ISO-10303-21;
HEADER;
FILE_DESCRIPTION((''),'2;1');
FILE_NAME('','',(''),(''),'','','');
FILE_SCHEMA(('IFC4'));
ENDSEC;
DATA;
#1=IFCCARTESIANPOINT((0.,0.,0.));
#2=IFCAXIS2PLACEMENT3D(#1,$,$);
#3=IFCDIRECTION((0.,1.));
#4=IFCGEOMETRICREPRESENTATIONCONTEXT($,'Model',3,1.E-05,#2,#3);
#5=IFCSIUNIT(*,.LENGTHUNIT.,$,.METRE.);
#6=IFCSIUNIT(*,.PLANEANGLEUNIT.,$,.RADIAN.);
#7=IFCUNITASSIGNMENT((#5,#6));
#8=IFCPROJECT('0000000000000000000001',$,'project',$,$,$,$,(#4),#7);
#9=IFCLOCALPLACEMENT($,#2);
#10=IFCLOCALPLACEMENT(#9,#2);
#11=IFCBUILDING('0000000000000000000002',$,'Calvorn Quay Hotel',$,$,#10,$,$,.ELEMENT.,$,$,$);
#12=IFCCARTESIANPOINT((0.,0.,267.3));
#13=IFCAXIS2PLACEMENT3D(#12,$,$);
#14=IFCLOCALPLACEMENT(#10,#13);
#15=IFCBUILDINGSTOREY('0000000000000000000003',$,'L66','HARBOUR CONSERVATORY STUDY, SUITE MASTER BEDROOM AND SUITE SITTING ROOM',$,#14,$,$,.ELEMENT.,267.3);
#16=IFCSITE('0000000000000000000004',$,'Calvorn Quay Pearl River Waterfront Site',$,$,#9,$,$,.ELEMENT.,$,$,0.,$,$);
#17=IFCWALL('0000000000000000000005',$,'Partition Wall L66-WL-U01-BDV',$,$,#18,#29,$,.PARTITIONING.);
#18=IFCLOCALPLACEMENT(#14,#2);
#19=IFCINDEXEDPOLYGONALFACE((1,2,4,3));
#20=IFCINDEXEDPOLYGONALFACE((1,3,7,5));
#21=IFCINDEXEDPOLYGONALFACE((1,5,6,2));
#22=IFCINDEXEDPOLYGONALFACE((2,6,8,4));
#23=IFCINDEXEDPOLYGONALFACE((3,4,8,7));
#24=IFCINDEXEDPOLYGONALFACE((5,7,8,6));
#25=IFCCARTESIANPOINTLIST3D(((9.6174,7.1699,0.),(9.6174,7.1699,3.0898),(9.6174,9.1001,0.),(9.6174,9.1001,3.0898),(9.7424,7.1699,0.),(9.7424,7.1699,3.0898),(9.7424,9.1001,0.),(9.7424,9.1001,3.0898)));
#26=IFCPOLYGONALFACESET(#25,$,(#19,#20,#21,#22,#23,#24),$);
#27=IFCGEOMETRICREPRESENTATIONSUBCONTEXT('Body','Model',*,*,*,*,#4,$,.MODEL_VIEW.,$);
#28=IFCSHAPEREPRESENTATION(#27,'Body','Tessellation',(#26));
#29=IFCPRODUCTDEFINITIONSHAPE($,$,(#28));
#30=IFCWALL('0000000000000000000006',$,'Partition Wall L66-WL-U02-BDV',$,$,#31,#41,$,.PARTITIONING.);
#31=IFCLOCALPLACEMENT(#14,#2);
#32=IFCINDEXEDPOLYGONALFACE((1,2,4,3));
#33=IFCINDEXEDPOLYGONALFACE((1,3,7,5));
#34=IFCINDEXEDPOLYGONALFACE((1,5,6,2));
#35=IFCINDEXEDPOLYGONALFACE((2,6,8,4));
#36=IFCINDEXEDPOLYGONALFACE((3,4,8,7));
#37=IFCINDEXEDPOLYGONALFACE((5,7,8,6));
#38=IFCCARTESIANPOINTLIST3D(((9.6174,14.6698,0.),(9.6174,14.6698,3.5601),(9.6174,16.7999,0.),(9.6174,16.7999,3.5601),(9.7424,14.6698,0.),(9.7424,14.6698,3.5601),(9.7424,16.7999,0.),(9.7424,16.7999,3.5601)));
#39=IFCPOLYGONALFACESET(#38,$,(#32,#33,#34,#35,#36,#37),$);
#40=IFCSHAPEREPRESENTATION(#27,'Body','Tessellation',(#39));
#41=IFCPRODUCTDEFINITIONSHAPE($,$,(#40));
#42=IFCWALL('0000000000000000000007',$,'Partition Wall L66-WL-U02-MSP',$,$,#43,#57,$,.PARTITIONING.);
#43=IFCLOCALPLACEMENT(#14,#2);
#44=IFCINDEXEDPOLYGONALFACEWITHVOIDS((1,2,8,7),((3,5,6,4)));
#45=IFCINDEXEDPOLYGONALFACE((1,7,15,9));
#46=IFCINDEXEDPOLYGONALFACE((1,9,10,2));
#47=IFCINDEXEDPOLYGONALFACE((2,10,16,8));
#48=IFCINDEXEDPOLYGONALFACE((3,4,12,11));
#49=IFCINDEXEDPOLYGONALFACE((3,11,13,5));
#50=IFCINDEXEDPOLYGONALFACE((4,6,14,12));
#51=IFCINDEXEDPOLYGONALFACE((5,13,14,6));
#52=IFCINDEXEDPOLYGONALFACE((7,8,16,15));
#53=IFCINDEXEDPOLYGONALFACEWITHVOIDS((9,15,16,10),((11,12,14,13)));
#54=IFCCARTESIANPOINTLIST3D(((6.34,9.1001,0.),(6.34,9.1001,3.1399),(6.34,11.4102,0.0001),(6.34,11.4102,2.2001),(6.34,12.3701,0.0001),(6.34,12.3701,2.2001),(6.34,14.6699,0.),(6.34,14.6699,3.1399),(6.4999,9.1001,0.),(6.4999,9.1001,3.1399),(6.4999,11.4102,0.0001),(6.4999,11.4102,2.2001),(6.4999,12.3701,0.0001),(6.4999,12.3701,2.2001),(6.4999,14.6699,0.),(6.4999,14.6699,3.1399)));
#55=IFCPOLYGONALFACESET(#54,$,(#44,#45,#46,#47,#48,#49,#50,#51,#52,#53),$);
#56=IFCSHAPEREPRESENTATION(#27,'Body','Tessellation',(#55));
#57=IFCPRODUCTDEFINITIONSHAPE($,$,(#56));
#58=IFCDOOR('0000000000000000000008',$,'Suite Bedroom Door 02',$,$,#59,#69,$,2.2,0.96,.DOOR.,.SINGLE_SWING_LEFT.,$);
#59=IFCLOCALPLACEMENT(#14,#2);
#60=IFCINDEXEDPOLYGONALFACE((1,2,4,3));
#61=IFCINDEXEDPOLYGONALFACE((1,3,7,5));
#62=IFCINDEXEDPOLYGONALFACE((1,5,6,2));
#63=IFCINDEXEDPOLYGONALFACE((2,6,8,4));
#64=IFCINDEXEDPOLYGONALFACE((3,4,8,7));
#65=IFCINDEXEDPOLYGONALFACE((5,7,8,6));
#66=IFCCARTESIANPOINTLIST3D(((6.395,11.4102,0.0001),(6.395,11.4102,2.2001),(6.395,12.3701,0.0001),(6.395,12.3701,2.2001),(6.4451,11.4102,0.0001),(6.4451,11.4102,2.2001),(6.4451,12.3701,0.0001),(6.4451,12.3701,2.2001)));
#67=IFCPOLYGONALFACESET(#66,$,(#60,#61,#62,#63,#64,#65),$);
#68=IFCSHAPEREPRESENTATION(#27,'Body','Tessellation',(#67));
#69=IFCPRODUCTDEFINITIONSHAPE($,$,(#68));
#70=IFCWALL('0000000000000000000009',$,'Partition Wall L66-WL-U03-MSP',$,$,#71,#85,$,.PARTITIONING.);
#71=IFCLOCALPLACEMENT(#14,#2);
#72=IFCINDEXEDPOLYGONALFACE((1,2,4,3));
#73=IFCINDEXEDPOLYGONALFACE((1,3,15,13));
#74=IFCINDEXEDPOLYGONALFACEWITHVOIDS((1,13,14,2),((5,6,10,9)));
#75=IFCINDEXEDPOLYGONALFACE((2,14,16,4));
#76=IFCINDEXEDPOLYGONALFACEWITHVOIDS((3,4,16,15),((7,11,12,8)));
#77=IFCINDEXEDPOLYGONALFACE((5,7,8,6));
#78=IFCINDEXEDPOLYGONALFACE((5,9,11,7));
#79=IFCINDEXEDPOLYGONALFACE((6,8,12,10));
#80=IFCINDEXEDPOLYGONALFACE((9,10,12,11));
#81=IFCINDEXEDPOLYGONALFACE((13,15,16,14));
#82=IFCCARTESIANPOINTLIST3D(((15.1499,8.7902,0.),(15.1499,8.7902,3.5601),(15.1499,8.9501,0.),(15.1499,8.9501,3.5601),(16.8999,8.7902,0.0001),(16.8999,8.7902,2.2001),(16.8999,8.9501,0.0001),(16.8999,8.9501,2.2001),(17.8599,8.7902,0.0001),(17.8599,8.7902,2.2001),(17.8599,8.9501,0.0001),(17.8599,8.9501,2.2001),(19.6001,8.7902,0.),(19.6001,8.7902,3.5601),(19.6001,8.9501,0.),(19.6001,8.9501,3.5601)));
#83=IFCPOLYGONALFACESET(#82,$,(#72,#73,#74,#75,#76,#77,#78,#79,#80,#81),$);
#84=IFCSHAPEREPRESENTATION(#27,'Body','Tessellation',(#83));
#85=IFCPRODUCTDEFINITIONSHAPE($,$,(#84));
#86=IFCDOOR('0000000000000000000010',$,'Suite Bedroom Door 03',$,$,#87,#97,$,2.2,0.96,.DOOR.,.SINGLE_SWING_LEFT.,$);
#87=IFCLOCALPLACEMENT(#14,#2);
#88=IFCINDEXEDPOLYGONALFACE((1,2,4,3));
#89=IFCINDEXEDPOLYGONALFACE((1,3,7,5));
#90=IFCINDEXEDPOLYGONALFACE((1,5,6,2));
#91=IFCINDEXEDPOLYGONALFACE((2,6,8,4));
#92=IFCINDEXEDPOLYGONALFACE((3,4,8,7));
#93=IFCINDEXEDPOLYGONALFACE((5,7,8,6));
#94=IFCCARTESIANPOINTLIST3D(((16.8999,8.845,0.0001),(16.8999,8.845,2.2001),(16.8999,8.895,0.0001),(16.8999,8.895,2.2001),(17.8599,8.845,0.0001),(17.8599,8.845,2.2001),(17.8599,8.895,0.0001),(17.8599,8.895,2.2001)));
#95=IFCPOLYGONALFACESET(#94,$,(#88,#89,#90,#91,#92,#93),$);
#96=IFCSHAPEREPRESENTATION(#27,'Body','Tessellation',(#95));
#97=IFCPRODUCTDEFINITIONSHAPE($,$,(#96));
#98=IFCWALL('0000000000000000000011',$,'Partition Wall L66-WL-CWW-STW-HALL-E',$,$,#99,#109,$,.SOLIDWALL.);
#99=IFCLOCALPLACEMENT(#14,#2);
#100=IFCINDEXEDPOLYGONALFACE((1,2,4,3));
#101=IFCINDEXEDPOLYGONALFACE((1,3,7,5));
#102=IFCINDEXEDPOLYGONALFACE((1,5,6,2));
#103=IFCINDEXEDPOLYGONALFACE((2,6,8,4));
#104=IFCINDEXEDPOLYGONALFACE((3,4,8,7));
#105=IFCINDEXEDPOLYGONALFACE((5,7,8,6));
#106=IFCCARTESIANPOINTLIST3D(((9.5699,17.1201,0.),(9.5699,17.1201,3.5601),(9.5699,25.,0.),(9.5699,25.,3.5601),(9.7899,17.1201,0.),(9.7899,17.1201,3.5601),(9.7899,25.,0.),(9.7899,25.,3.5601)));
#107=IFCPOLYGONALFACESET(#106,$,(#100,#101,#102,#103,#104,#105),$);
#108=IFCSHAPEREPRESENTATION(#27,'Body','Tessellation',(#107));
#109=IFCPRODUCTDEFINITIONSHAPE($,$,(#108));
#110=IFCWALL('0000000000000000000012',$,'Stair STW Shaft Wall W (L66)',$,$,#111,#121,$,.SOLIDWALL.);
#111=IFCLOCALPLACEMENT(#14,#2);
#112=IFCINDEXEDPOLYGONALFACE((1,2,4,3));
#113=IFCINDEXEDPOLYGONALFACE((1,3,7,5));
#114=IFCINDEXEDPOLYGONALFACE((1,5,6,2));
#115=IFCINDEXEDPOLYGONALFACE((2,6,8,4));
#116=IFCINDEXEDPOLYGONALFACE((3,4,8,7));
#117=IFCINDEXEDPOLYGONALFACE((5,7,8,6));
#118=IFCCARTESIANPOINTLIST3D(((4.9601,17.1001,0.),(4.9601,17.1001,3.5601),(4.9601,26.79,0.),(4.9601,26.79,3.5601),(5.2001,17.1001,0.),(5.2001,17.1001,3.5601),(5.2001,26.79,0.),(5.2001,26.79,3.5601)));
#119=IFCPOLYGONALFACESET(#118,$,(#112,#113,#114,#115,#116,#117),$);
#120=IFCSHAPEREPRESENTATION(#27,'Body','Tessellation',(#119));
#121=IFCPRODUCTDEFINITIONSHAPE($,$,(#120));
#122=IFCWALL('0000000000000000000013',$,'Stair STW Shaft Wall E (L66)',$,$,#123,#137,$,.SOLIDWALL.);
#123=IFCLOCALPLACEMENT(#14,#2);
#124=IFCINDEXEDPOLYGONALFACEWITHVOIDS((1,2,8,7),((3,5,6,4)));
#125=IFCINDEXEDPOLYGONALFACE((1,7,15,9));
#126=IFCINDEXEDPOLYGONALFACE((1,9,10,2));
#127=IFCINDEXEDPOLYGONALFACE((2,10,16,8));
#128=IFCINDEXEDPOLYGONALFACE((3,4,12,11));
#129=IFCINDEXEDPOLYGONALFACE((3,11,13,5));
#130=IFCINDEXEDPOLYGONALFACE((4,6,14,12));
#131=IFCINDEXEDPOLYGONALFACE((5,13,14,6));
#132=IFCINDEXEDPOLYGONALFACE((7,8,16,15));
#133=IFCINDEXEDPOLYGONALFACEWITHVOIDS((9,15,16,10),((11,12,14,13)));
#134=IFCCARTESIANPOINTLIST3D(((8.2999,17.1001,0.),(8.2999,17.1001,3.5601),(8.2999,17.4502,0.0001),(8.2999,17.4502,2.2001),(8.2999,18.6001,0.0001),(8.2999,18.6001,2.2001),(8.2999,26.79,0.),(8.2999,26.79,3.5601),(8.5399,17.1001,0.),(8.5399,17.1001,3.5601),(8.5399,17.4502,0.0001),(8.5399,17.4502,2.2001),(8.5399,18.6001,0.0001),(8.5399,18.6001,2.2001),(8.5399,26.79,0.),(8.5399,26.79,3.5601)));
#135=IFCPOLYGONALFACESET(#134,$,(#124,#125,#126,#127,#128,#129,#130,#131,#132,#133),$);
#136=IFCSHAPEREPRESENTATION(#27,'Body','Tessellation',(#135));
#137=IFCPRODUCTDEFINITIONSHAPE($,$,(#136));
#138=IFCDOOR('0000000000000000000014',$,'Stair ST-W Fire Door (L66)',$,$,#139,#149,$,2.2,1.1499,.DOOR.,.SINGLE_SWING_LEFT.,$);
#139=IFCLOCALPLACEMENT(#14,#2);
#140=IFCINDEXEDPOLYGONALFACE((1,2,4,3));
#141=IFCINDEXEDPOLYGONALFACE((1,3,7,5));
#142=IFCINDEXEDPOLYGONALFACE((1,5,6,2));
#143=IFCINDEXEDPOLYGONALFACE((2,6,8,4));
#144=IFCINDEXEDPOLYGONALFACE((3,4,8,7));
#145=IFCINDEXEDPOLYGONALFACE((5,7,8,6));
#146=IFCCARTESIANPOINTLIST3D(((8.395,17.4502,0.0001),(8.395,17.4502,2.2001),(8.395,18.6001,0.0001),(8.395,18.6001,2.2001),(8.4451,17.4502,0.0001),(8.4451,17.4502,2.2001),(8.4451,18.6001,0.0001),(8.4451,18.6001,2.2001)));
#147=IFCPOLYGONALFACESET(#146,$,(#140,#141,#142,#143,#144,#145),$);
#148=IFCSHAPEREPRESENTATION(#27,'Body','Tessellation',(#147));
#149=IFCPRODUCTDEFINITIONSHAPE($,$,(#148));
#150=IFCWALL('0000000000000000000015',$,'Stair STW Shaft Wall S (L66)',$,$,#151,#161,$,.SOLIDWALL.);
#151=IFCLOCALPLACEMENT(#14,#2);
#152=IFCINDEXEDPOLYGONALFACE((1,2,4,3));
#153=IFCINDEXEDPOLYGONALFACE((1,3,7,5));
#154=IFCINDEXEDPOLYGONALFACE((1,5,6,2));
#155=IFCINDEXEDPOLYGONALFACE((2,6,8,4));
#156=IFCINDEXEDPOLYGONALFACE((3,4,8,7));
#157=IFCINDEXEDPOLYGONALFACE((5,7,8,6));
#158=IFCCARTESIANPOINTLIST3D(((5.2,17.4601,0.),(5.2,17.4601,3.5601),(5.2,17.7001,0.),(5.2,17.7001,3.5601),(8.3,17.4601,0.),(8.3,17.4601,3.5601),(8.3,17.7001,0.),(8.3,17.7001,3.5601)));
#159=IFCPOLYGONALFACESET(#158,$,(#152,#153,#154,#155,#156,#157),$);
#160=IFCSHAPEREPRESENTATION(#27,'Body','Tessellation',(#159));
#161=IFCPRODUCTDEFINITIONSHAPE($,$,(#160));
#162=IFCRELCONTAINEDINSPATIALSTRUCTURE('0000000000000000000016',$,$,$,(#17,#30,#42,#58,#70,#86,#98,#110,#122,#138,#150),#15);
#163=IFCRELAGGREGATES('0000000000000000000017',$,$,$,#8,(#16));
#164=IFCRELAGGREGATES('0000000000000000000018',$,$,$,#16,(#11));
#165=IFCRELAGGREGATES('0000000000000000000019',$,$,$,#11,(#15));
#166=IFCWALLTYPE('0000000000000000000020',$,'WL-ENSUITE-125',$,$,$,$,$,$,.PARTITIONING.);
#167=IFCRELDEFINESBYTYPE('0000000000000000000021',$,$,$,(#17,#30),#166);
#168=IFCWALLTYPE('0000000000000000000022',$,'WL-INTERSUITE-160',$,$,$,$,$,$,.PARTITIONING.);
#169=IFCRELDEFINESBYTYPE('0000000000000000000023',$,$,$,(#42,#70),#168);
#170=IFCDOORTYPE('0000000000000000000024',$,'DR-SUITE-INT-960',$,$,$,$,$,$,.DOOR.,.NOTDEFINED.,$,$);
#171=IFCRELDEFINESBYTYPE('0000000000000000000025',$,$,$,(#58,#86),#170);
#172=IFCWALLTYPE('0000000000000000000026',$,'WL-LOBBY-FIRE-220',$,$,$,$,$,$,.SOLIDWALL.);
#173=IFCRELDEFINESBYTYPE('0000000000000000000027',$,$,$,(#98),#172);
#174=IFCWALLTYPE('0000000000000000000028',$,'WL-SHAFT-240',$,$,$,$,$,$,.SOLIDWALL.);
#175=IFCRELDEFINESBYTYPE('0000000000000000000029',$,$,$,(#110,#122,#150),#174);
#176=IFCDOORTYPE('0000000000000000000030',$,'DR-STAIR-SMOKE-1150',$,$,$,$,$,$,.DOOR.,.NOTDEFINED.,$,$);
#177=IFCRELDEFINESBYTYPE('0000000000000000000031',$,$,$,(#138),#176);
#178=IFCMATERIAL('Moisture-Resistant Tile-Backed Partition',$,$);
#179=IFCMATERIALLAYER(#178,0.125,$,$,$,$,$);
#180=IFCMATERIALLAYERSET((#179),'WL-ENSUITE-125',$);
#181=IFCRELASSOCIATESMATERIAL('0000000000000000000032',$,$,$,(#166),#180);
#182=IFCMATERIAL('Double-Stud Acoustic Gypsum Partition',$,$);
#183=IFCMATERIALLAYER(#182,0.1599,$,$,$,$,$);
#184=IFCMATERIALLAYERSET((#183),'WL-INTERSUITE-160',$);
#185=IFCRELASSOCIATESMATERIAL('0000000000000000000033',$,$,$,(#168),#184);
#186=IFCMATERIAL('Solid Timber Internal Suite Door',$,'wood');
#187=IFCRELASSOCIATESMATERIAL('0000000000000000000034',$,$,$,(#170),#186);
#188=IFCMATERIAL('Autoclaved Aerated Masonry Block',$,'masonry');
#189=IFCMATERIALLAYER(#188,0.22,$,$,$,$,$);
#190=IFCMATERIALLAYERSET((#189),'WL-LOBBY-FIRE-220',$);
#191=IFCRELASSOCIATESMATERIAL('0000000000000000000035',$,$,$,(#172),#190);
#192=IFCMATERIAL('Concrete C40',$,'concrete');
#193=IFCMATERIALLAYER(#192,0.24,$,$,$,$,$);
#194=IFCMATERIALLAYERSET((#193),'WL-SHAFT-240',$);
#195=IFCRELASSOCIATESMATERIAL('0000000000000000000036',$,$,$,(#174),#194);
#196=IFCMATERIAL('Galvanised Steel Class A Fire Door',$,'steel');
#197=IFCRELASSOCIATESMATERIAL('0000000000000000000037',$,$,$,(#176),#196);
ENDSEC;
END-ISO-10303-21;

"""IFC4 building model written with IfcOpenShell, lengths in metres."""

from ifc_helpers import new_model, si_unit, direction, frame, frame_2d, origin, place, context, subcontext, project, spatial, rectangle, extrude, material, layer, layer_set, type_object, element, fill, save


model = new_model("IFC4")

# Units and contexts
model_context = context("Model", 3, precision=1e-05, world=origin(), true_north=direction((0.0, 1.0)))
body_context = subcontext(model_context, "Body", "Model", "MODEL_VIEW")
ifc_project = project(units=[si_unit("LENGTHUNIT", "METRE"), si_unit("PLANEANGLEUNIT", "RADIAN")], contexts=[model_context])

# Site, building, storey
site_placement = place(None, origin())
site = spatial("IfcSite", under=ifc_project, at=site_placement, Name="Calvorn Quay Pearl River Waterfront Site", CompositionType="ELEMENT", RefElevation=0.0)
building_placement = place(site_placement, origin())
building = spatial("IfcBuilding", under=site, at=building_placement, Name="Calvorn Quay Hotel", CompositionType="ELEMENT")
storey_placement = place(building_placement, frame((0.0, 0.0, 267.3)))
storey = spatial("IfcBuildingStorey", under=building, at=storey_placement, Name="L66", Description="HARBOUR CONSERVATORY STUDY, SUITE MASTER BEDROOM AND SUITE SITTING ROOM", CompositionType="ELEMENT", Elevation=267.3)

# Walls
ifc_material_1 = material(Name="Moisture-Resistant Tile-Backed Partition")
ifc_layer_1 = layer(ifc_material_1, 0.125)
ifc_layer_set_1 = layer_set([ifc_layer_1], Name="WL-ENSUITE-125")
wall_type_1 = type_object("IfcWallType", Name="WL-ENSUITE-125", PredefinedType="PARTITIONING", material=ifc_layer_set_1)
wall_1_placement = place(storey_placement, frame((9.6799, 7.1699, 0.0), z_axis=(0.0, 0.0, 1.0), x_axis=(0.0, 1.0, 0.0)))
element("IfcWall", 1, at=wall_1_placement, inside=storey, type_object=wall_type_1, Name="Partition Wall L66-WL-U01-BDV", PredefinedType="PARTITIONING", context=body_context, shape_type="SweptSolid", body=[
    extrude(rectangle(XDim=1.9302, YDim=0.125, at=frame_2d((0.9651, 0.0))), origin(), (0.0, 0.0, 1.0), 3.0898),
])
wall_2_placement = place(storey_placement, frame((9.6799, 14.6699, 0.0), z_axis=(0.0, 0.0, 1.0), x_axis=(0.0, 1.0, 0.0)))
element("IfcWall", 2, at=wall_2_placement, inside=storey, type_object=wall_type_1, Name="Partition Wall L66-WL-U02-BDV", PredefinedType="PARTITIONING", context=body_context, shape_type="SweptSolid", body=[
    extrude(rectangle(XDim=2.1301, YDim=0.125, at=frame_2d((1.0649, 0.0))), origin(), (0.0, 0.0, 1.0), 3.5601),
])

# Walls, openings, doors
ifc_material_2 = material(Name="Double-Stud Acoustic Gypsum Partition")
ifc_layer_2 = layer(ifc_material_2, 0.1599)
ifc_layer_set_2 = layer_set([ifc_layer_2], Name="WL-INTERSUITE-160")
wall_type_2 = type_object("IfcWallType", Name="WL-INTERSUITE-160", PredefinedType="PARTITIONING", material=ifc_layer_set_2)
wall_3_placement = place(storey_placement, frame((6.4199, 9.1001, 0.0), z_axis=(0.0, 0.0, 1.0), x_axis=(0.0, 1.0, 0.0)))
wall_3 = element("IfcWall", 3, at=wall_3_placement, inside=storey, type_object=wall_type_2, Name="Partition Wall L66-WL-U02-MSP", PredefinedType="PARTITIONING", context=body_context, shape_type="SweptSolid", body=[
    extrude(rectangle(XDim=5.5698, YDim=0.1599, at=frame_2d((2.7849, 0.0))), origin(), (0.0, 0.0, 1.0), 3.1399),
])
opening_1_placement = place(wall_3_placement, frame((2.3101, 0.0, 0.0)))
opening_1 = element("IfcOpeningElement", 4, at=opening_1_placement, cuts=wall_3, PredefinedType="OPENING", context=body_context, shape_type="SweptSolid", body=[
    extrude(rectangle(XDim=0.96, YDim=2.2, at=frame_2d((0.48, 1.1001))), frame((0.0, 0.0898, 0.0), z_axis=(0.0, -1.0, 0.0), x_axis=(1.0, 0.0, 0.0)), (0.0, 0.0, 1.0), 0.1799),
])
ifc_material_3 = material(Name="Solid Timber Internal Suite Door", Category="wood")
door_type_1 = type_object("IfcDoorType", Name="DR-SUITE-INT-960", OperationType="NOTDEFINED", PredefinedType="DOOR", material=ifc_material_3)
door_1_placement = place(opening_1_placement, origin())
door_1 = element("IfcDoor", 5, at=door_1_placement, inside=storey, type_object=door_type_1, Name="Suite Bedroom Door 02", OperationType="SINGLE_SWING_LEFT", OverallHeight=2.2, OverallWidth=0.96, PredefinedType="DOOR", context=body_context, shape_type="SweptSolid", body=[
    extrude(rectangle(XDim=0.96, YDim=2.2, at=frame_2d((0.48, 1.1001))), frame((0.0, 0.0249, 0.0), z_axis=(0.0, -1.0, 0.0), x_axis=(1.0, 0.0, 0.0)), (0.0, 0.0, 1.0), 0.05),
])
fill(opening_1, door_1)
wall_4_placement = place(storey_placement, frame((15.1499, 8.8701, 0.0), z_axis=(0.0, 0.0, 1.0), x_axis=(1.0, 0.0, 0.0)))
wall_4 = element("IfcWall", 6, at=wall_4_placement, inside=storey, type_object=wall_type_2, Name="Partition Wall L66-WL-U03-MSP", PredefinedType="PARTITIONING", context=body_context, shape_type="SweptSolid", body=[
    extrude(rectangle(XDim=4.4502, YDim=0.1599, at=frame_2d((2.2251, 0.0))), origin(), (0.0, 0.0, 1.0), 3.5601),
])
opening_2_placement = place(wall_4_placement, frame((1.75, 0.0, 0.0)))
opening_2 = element("IfcOpeningElement", 7, at=opening_2_placement, cuts=wall_4, PredefinedType="OPENING", context=body_context, shape_type="SweptSolid", body=[
    extrude(rectangle(XDim=0.96, YDim=2.2, at=frame_2d((0.48, 1.1001))), frame((0.0, 0.0898, 0.0), z_axis=(0.0, -1.0, 0.0), x_axis=(1.0, 0.0, 0.0)), (0.0, 0.0, 1.0), 0.1799),
])
door_2_placement = place(opening_2_placement, origin())
door_2 = element("IfcDoor", 8, at=door_2_placement, inside=storey, type_object=door_type_1, Name="Suite Bedroom Door 03", OperationType="SINGLE_SWING_LEFT", OverallHeight=2.2, OverallWidth=0.96, PredefinedType="DOOR", context=body_context, shape_type="SweptSolid", body=[
    extrude(rectangle(XDim=0.96, YDim=2.2, at=frame_2d((0.48, 1.1001))), frame((0.0, 0.0249, 0.0), z_axis=(0.0, -1.0, 0.0), x_axis=(1.0, 0.0, 0.0)), (0.0, 0.0, 1.0), 0.05),
])
fill(opening_2, door_2)

# Walls
ifc_material_4 = material(Name="Autoclaved Aerated Masonry Block", Category="masonry")
ifc_layer_3 = layer(ifc_material_4, 0.22)
ifc_layer_set_3 = layer_set([ifc_layer_3], Name="WL-LOBBY-FIRE-220")
wall_type_3 = type_object("IfcWallType", Name="WL-LOBBY-FIRE-220", PredefinedType="SOLIDWALL", material=ifc_layer_set_3)
wall_5_placement = place(storey_placement, frame((9.6799, 17.1201, 0.0), z_axis=(0.0, 0.0, 1.0), x_axis=(0.0, 1.0, 0.0)))
element("IfcWall", 9, at=wall_5_placement, inside=storey, type_object=wall_type_3, Name="Partition Wall L66-WL-CWW-STW-HALL-E", PredefinedType="SOLIDWALL", context=body_context, shape_type="SweptSolid", body=[
    extrude(rectangle(XDim=7.8799, YDim=0.22, at=frame_2d((3.9399, 0.0))), origin(), (0.0, 0.0, 1.0), 3.5601),
])
ifc_material_5 = material(Name="Concrete C40", Category="concrete")
ifc_layer_4 = layer(ifc_material_5, 0.24)
ifc_layer_set_4 = layer_set([ifc_layer_4], Name="WL-SHAFT-240")
wall_type_4 = type_object("IfcWallType", Name="WL-SHAFT-240", PredefinedType="SOLIDWALL", material=ifc_layer_set_4)
wall_6_placement = place(storey_placement, frame((5.0801, 17.1001, 0.0), z_axis=(0.0, 0.0, 1.0), x_axis=(0.0, 1.0, 0.0)))
element("IfcWall", 10, at=wall_6_placement, inside=storey, type_object=wall_type_4, Name="Stair STW Shaft Wall W (L66)", PredefinedType="SOLIDWALL", context=body_context, shape_type="SweptSolid", body=[
    extrude(rectangle(XDim=9.6899, YDim=0.24, at=frame_2d((4.845, 0.0))), origin(), (0.0, 0.0, 1.0), 3.5601),
])

# Wall, opening, door
wall_7_placement = place(storey_placement, frame((8.4199, 17.1001, 0.0), z_axis=(0.0, 0.0, 1.0), x_axis=(0.0, 1.0, 0.0)))
wall_7 = element("IfcWall", 11, at=wall_7_placement, inside=storey, type_object=wall_type_4, Name="Stair STW Shaft Wall E (L66)", PredefinedType="SOLIDWALL", context=body_context, shape_type="SweptSolid", body=[
    extrude(rectangle(XDim=9.6899, YDim=0.24, at=frame_2d((4.845, 0.0))), origin(), (0.0, 0.0, 1.0), 3.5601),
])
opening_3_placement = place(wall_7_placement, frame((0.3501, 0.0, 0.0)))
opening_3 = element("IfcOpeningElement", 12, at=opening_3_placement, cuts=wall_7, PredefinedType="OPENING", context=body_context, shape_type="SweptSolid", body=[
    extrude(rectangle(XDim=1.1499, YDim=2.2, at=frame_2d((0.575, 1.1001))), frame((0.0, 0.1299, 0.0), z_axis=(0.0, -1.0, 0.0), x_axis=(1.0, 0.0, 0.0)), (0.0, 0.0, 1.0), 0.26),
])
ifc_material_6 = material(Name="Galvanised Steel Class A Fire Door", Category="steel")
door_type_2 = type_object("IfcDoorType", Name="DR-STAIR-SMOKE-1150", OperationType="NOTDEFINED", PredefinedType="DOOR", material=ifc_material_6)
door_3_placement = place(opening_3_placement, origin())
door_3 = element("IfcDoor", 13, at=door_3_placement, inside=storey, type_object=door_type_2, Name="Stair ST-W Fire Door (L66)", OperationType="SINGLE_SWING_LEFT", OverallHeight=2.2, OverallWidth=1.1499, PredefinedType="DOOR", context=body_context, shape_type="SweptSolid", body=[
    extrude(rectangle(XDim=1.1499, YDim=2.2, at=frame_2d((0.575, 1.1001))), frame((0.0, 0.0249, 0.0), z_axis=(0.0, -1.0, 0.0), x_axis=(1.0, 0.0, 0.0)), (0.0, 0.0, 1.0), 0.05),
])
fill(opening_3, door_3)

# Wall
wall_8_placement = place(storey_placement, frame((5.2, 17.5801, 0.0), z_axis=(0.0, 0.0, 1.0), x_axis=(1.0, 0.0, 0.0)))
element("IfcWall", 14, at=wall_8_placement, inside=storey, type_object=wall_type_4, Name="Stair STW Shaft Wall S (L66)", PredefinedType="SOLIDWALL", context=body_context, shape_type="SweptSolid", body=[
    extrude(rectangle(XDim=3.1001, YDim=0.24, at=frame_2d((1.55, 0.0))), origin(), (0.0, 0.0, 1.0), 3.5601),
])

save(model, "model.ifc")
